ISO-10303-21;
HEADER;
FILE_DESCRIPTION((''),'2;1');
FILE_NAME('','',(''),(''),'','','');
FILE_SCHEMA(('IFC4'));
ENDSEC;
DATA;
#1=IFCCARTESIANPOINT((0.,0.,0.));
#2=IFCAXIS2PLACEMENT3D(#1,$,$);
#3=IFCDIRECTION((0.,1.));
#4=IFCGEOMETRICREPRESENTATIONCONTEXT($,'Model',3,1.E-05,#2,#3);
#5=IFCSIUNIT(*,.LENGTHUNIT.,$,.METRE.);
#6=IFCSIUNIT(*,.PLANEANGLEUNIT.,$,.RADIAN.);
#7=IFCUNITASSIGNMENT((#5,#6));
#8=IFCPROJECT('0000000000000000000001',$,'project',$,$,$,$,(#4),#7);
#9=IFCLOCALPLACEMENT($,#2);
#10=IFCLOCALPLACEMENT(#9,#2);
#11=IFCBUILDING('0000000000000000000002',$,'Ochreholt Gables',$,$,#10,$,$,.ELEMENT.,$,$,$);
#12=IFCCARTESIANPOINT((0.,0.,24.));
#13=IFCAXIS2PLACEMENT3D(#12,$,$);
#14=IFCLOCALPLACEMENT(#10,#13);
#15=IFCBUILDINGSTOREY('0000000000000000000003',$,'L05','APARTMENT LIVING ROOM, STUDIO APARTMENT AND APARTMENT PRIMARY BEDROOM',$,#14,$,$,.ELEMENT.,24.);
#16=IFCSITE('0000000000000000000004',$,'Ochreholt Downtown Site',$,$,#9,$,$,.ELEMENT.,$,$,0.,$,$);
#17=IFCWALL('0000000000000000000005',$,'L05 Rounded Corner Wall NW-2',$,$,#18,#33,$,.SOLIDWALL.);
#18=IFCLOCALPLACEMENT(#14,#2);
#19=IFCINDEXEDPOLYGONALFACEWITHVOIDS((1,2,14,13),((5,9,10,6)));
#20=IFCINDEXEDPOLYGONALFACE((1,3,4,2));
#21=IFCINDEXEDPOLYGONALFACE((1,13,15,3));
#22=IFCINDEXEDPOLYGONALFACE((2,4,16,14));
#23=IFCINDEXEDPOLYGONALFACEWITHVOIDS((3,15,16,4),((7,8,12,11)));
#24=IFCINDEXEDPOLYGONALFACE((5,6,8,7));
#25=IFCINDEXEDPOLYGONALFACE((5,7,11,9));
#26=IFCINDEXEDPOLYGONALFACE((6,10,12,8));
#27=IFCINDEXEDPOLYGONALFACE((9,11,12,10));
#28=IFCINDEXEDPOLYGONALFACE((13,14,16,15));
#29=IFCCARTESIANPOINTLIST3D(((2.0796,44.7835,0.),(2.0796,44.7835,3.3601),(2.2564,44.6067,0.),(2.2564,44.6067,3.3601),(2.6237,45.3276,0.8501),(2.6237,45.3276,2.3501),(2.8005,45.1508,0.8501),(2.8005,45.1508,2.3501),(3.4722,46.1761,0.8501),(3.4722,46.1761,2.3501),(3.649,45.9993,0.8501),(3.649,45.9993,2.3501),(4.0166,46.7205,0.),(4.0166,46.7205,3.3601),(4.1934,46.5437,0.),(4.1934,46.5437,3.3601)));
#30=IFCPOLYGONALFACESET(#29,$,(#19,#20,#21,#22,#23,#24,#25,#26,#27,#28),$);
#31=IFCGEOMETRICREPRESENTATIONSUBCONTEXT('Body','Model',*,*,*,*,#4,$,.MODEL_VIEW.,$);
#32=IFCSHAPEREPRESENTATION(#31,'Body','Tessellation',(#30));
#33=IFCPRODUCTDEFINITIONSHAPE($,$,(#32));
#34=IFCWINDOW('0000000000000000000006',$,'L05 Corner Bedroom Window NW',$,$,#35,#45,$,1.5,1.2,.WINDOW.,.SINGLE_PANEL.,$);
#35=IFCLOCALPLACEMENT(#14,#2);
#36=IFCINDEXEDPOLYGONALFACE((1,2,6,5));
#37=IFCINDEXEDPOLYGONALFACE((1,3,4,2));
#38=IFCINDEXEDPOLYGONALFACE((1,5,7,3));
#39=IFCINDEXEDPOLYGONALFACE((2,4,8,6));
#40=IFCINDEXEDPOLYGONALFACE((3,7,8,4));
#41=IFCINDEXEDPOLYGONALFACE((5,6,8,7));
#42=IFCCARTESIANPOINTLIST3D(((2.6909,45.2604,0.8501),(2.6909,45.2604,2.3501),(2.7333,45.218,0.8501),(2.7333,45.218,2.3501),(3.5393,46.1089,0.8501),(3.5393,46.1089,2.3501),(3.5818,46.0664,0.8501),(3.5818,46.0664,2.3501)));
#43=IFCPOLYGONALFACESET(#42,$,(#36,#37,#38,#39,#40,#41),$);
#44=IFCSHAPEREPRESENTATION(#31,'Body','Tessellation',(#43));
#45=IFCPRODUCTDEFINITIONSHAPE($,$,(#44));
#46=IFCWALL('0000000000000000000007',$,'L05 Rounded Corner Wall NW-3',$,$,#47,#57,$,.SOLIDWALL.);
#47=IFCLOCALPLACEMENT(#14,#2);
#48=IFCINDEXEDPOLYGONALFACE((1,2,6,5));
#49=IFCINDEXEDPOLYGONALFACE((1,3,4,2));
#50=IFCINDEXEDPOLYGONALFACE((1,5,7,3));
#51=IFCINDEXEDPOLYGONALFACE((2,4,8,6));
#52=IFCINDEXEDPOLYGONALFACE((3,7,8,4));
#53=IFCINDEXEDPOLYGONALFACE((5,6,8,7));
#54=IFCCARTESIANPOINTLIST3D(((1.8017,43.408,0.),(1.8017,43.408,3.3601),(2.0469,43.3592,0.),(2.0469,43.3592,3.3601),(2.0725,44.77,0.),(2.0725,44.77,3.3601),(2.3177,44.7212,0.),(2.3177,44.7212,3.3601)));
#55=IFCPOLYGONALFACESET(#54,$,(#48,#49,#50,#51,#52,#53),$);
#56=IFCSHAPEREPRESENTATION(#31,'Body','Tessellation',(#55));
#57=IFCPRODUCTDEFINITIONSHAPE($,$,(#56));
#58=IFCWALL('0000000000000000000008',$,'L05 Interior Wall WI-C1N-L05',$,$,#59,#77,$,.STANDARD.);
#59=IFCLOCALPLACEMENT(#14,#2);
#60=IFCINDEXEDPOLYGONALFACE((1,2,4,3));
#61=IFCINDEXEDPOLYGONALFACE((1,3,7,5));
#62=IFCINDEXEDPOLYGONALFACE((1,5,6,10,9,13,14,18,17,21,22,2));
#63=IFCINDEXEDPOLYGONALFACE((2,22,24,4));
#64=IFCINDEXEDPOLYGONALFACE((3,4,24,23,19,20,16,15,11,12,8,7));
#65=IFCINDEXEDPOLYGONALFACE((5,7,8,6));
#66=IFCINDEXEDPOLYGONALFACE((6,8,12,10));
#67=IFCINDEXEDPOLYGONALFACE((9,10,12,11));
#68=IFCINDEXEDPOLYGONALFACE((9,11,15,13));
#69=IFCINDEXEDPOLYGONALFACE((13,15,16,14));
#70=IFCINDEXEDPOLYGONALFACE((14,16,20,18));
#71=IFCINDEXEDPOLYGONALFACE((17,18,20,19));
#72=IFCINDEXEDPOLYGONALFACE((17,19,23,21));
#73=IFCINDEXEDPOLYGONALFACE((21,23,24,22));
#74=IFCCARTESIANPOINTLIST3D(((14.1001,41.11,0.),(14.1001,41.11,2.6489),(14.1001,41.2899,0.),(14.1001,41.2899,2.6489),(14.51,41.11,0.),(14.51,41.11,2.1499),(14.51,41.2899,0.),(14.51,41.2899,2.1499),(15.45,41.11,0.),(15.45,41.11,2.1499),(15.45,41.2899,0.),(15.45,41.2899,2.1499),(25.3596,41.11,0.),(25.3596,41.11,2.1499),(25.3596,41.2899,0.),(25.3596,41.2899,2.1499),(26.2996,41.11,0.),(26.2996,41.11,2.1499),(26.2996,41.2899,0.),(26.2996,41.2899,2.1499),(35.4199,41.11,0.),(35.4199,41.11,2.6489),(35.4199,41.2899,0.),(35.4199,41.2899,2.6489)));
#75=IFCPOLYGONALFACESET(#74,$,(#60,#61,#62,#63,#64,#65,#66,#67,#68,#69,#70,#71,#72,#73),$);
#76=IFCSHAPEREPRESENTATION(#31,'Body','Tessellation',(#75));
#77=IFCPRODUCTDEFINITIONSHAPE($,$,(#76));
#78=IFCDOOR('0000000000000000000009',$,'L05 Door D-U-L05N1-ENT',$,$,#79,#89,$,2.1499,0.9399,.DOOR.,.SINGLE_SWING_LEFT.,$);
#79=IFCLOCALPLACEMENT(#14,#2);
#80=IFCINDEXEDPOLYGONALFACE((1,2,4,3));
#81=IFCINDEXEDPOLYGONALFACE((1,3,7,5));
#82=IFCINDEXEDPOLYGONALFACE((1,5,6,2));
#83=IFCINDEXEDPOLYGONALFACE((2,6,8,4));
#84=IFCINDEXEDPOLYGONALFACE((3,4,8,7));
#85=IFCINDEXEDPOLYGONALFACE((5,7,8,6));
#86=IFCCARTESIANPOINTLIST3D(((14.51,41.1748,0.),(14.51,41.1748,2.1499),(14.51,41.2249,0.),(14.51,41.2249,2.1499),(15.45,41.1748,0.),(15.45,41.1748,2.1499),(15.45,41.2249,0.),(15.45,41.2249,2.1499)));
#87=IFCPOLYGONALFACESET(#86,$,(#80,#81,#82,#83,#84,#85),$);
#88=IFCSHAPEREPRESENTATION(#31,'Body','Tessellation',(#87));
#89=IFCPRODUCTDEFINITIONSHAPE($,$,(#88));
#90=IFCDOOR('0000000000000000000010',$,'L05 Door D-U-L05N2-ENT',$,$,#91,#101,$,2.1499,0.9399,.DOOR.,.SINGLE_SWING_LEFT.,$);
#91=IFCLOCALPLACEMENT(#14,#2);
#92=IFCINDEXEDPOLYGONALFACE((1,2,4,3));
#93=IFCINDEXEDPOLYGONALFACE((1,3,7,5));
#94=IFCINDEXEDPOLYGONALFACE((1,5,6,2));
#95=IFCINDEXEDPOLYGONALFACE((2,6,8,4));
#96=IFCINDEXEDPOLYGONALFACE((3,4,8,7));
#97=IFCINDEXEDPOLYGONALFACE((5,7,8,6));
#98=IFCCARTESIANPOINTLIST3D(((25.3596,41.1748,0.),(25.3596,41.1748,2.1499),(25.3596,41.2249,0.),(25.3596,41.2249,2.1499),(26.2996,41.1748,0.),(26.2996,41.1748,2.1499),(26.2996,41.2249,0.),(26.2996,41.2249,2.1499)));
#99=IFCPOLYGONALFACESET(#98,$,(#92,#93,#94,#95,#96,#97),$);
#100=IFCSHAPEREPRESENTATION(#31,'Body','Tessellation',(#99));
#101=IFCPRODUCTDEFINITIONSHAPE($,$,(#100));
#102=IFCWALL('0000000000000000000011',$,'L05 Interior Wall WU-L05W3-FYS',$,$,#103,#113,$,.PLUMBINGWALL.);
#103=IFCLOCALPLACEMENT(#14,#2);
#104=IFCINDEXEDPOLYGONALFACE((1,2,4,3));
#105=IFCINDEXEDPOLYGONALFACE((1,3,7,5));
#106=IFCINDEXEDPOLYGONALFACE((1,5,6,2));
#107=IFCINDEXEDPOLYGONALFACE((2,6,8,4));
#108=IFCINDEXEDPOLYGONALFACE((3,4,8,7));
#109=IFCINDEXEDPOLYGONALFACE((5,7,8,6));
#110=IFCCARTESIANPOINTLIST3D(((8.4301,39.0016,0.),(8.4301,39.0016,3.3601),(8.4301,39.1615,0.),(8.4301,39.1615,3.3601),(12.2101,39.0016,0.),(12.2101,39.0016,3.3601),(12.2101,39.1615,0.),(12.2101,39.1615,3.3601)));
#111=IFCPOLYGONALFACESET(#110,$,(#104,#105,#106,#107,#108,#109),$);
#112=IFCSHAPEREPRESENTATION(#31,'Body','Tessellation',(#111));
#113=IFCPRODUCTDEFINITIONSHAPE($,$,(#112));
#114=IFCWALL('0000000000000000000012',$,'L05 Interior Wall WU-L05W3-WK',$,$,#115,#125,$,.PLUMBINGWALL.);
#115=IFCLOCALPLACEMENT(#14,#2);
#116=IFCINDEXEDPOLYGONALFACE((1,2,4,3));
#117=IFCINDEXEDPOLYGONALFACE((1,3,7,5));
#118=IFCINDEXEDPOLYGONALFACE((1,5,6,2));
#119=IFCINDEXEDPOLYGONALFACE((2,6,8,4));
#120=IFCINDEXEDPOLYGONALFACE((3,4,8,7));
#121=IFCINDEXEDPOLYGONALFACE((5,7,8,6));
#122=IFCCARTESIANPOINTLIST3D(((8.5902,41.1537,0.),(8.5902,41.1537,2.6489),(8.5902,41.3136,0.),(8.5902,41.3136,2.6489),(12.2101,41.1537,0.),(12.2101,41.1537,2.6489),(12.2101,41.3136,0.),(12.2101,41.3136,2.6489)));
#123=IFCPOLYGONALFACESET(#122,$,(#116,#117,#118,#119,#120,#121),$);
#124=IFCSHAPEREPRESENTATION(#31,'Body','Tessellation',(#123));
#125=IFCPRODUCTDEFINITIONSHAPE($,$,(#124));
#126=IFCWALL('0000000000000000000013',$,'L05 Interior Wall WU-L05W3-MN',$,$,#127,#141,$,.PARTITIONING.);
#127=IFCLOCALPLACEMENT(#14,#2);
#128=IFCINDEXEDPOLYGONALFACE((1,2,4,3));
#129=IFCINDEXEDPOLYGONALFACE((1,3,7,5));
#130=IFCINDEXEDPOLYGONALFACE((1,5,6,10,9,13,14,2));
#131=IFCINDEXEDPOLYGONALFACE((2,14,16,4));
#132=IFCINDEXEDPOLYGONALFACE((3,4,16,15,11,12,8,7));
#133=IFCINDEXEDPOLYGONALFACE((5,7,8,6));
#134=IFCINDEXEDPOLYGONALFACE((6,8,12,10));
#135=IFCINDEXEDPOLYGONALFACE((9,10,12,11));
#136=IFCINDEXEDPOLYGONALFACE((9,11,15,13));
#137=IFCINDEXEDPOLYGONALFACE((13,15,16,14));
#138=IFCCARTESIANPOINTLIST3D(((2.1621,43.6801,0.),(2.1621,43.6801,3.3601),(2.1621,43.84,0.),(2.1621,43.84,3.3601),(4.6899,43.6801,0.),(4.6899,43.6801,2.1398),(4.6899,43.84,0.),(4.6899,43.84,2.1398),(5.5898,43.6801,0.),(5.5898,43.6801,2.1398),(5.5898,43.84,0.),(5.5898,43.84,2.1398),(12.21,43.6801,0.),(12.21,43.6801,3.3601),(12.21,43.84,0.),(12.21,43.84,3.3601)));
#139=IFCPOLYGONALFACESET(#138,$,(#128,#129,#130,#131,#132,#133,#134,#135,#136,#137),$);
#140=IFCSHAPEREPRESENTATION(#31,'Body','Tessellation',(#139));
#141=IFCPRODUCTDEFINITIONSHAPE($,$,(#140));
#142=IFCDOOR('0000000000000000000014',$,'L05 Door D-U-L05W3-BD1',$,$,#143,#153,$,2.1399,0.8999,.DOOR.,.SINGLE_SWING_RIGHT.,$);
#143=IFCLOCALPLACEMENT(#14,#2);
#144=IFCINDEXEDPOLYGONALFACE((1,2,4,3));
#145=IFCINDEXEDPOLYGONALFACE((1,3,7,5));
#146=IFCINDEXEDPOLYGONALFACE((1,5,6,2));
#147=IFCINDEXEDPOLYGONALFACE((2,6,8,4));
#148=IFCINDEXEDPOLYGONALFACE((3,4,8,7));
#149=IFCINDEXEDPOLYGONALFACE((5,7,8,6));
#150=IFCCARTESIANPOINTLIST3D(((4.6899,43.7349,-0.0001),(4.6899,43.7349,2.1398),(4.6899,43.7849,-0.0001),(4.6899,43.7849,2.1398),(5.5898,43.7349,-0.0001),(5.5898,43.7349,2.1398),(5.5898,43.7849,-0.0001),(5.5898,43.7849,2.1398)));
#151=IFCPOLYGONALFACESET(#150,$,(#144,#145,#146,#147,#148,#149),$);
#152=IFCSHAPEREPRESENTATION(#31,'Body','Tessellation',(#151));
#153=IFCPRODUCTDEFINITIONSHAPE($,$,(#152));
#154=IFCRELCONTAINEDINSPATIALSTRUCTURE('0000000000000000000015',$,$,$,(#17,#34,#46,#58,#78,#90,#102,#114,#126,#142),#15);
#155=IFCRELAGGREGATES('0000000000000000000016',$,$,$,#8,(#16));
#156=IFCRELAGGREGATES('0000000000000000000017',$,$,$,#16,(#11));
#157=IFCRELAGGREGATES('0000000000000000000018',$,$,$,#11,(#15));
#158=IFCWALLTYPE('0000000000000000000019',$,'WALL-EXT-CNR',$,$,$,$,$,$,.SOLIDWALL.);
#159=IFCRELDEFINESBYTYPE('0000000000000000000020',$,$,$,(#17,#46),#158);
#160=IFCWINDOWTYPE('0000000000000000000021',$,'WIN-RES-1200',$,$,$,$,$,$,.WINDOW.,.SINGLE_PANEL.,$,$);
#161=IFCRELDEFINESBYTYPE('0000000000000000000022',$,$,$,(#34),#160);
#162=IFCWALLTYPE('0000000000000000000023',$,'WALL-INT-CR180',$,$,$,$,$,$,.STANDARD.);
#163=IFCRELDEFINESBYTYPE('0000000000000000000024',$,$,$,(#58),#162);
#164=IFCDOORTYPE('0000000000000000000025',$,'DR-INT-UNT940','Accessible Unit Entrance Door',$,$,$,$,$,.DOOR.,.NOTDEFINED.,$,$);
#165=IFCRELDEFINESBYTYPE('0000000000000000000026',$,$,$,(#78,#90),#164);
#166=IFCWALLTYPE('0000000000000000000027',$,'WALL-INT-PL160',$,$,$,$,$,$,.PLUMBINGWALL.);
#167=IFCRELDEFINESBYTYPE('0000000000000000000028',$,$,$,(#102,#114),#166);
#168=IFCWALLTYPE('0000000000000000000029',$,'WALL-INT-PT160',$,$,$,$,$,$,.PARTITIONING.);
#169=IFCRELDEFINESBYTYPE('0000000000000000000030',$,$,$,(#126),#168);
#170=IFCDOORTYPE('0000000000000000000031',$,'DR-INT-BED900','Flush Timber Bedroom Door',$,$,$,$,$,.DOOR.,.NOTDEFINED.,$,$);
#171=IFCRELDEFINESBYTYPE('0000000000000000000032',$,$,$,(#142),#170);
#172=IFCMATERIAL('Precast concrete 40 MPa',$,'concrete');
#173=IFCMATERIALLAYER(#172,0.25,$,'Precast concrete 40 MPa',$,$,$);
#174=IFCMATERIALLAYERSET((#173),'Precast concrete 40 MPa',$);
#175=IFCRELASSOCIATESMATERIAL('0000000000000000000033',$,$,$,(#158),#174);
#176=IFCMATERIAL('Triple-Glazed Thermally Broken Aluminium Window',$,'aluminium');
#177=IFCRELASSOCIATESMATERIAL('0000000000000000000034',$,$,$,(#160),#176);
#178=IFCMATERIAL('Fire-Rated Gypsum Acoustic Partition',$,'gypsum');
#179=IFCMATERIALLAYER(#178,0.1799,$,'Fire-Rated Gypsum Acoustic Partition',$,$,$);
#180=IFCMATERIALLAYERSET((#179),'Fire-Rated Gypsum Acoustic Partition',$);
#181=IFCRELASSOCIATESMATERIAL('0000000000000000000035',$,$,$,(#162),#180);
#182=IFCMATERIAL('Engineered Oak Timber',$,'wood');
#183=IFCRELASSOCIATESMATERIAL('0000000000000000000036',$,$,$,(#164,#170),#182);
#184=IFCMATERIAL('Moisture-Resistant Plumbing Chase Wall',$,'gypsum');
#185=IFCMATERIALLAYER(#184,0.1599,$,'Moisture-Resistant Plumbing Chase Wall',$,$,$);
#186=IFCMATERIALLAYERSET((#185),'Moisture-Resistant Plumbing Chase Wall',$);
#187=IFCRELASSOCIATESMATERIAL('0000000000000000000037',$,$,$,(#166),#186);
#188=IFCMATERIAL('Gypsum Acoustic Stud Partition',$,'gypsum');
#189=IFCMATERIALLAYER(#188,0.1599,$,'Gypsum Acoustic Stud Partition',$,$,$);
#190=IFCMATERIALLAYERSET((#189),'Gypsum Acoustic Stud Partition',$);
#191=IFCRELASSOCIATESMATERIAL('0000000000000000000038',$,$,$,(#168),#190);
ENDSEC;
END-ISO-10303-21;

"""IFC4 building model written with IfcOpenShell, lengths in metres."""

from ifc_helpers import new_model, si_unit, direction, frame, frame_2d, origin, place, context, subcontext, project, spatial, rectangle, extrude, material, layer, layer_set, type_object, element, fill, save


model = new_model("IFC4")

# Units and contexts
model_context = context("Model", 3, precision=1e-05, world=origin(), true_north=direction((0.0, 1.0)))
body_context = subcontext(model_context, "Body", "Model", "MODEL_VIEW")
ifc_project = project(units=[si_unit("LENGTHUNIT", "METRE"), si_unit("PLANEANGLEUNIT", "RADIAN")], contexts=[model_context])

# Site, building, storey
site_placement = place(None, origin())
site = spatial("IfcSite", under=ifc_project, at=site_placement, Name="Ochreholt Downtown Site", CompositionType="ELEMENT", RefElevation=0.0)
building_placement = place(site_placement, origin())
building = spatial("IfcBuilding", under=site, at=building_placement, Name="Ochreholt Gables", CompositionType="ELEMENT")
storey_placement = place(building_placement, frame((0.0, 0.0, 24.0)))
storey = spatial("IfcBuildingStorey", under=building, at=storey_placement, Name="L05", Description="APARTMENT LIVING ROOM, STUDIO APARTMENT AND APARTMENT PRIMARY BEDROOM", CompositionType="ELEMENT", Elevation=24.0)

# Shared definitions
ifc_material_1 = material(Name="Precast concrete 40 MPa", Category="concrete")
ifc_material_2 = material(Name="Triple-Glazed Thermally Broken Aluminium Window", Category="aluminium")

# Shared definitions
ifc_layer_1 = layer(ifc_material_1, 0.25, Name="Precast concrete 40 MPa")
ifc_layer_set_1 = layer_set([ifc_layer_1], Name="Precast concrete 40 MPa")
wall_type_1 = type_object("IfcWallType", Name="WALL-EXT-CNR", PredefinedType="SOLIDWALL", material=ifc_layer_set_1)

# Wall, opening, window
wall_1_placement = place(storey_placement, frame((4.105, 46.6321, 0.0), z_axis=(0.0, 0.0, 1.0), x_axis=(-0.707107, -0.707107, 0.0)))
wall_1 = element("IfcWall", 1, at=wall_1_placement, inside=storey, type_object=wall_type_1, Name="L05 Rounded Corner Wall NW-2", PredefinedType="SOLIDWALL", context=body_context, shape_type="SweptSolid", body=[
    extrude(rectangle(XDim=2.7393, YDim=0.25, at=frame_2d((1.3696, 0.0))), origin(), (0.0, 0.0, 1.0), 3.3601),
])
opening_1_placement = place(wall_1_placement, frame((0.7698, 0.0, 0.8501)))
opening_1 = element("IfcOpeningElement", 2, at=opening_1_placement, cuts=wall_1, PredefinedType="OPENING", context=body_context, shape_type="SweptSolid", body=[
    extrude(rectangle(XDim=1.2, YDim=1.5, at=frame_2d((0.6001, 0.75))), frame((0.0, 0.135, 0.0), z_axis=(0.0, -1.0, 0.0), x_axis=(1.0, 0.0, 0.0)), (0.0, 0.0, 1.0), 0.27),
])
window_type_1 = type_object("IfcWindowType", Name="WIN-RES-1200", PartitioningType="SINGLE_PANEL", PredefinedType="WINDOW", material=ifc_material_2)
window_1_placement = place(opening_1_placement, origin())
window_1 = element("IfcWindow", 3, at=window_1_placement, inside=storey, type_object=window_type_1, Name="L05 Corner Bedroom Window NW", OverallHeight=1.5, OverallWidth=1.2, PartitioningType="SINGLE_PANEL", PredefinedType="WINDOW", context=body_context, shape_type="SweptSolid", body=[
    extrude(rectangle(XDim=1.2, YDim=1.5, at=frame_2d((0.6001, 0.75))), frame((0.0, 0.03, 0.0), z_axis=(0.0, -1.0, 0.0), x_axis=(1.0, 0.0, 0.0)), (0.0, 0.0, 1.0), 0.0601),
])
fill(opening_1, window_1)

# Wall
wall_2_placement = place(storey_placement, frame((2.1951, 44.7456, 0.0), z_axis=(0.0, 0.0, 1.0), x_axis=(-0.194967, -0.98081, 0.0)))
element("IfcWall", 4, at=wall_2_placement, inside=storey, type_object=wall_type_1, Name="L05 Rounded Corner Wall NW-3", PredefinedType="SOLIDWALL", context=body_context, shape_type="SweptSolid", body=[
    extrude(rectangle(XDim=1.3887, YDim=0.25, at=frame_2d((0.6943, 0.0))), origin(), (0.0, 0.0, 1.0), 3.3601),
])

# Wall, openings, doors
ifc_material_3 = material(Name="Fire-Rated Gypsum Acoustic Partition", Category="gypsum")
ifc_layer_2 = layer(ifc_material_3, 0.1799, Name="Fire-Rated Gypsum Acoustic Partition")
ifc_layer_set_2 = layer_set([ifc_layer_2], Name="Fire-Rated Gypsum Acoustic Partition")
wall_type_2 = type_object("IfcWallType", Name="WALL-INT-CR180", PredefinedType="STANDARD", material=ifc_layer_set_2)
wall_3_placement = place(storey_placement, frame((14.1001, 41.2, 0.0), z_axis=(0.0, 0.0, 1.0), x_axis=(1.0, 0.0, 0.0)))
wall_3 = element("IfcWall", 5, at=wall_3_placement, inside=storey, type_object=wall_type_2, Name="L05 Interior Wall WI-C1N-L05", PredefinedType="STANDARD", context=body_context, shape_type="SweptSolid", body=[
    extrude(rectangle(XDim=21.3198, YDim=0.1799, at=frame_2d((10.6599, 0.0))), origin(), (0.0, 0.0, 1.0), 2.6489),
])
opening_2_placement = place(wall_3_placement, frame((0.4099, 0.0, 0.0)))
opening_2 = element("IfcOpeningElement", 6, at=opening_2_placement, cuts=wall_3, PredefinedType="OPENING", context=body_context, shape_type="SweptSolid", body=[
    extrude(rectangle(XDim=0.9399, YDim=2.1499, at=frame_2d((0.47, 1.075))), frame((0.0, 0.0999, 0.0), z_axis=(0.0, -1.0, 0.0), x_axis=(1.0, 0.0, 0.0)), (0.0, 0.0, 1.0), 0.2),
])
opening_3_placement = place(wall_3_placement, frame((11.2595, 0.0, 0.0)))
opening_3 = element("IfcOpeningElement", 7, at=opening_3_placement, cuts=wall_3, PredefinedType="OPENING", context=body_context, shape_type="SweptSolid", body=[
    extrude(rectangle(XDim=0.9399, YDim=2.1499, at=frame_2d((0.47, 1.075))), frame((0.0, 0.0999, 0.0), z_axis=(0.0, -1.0, 0.0), x_axis=(1.0, 0.0, 0.0)), (0.0, 0.0, 1.0), 0.2),
])
ifc_material_4 = material(Name="Engineered Oak Timber", Category="wood")
door_type_1 = type_object("IfcDoorType", Name="DR-INT-UNT940", Description="Accessible Unit Entrance Door", OperationType="NOTDEFINED", PredefinedType="DOOR", material=ifc_material_4)
door_1_placement = place(opening_2_placement, origin())
door_1 = element("IfcDoor", 8, at=door_1_placement, inside=storey, type_object=door_type_1, Name="L05 Door D-U-L05N1-ENT", OperationType="SINGLE_SWING_LEFT", OverallHeight=2.1499, OverallWidth=0.9399, PredefinedType="DOOR", context=body_context, shape_type="SweptSolid", body=[
    extrude(rectangle(XDim=0.9399, YDim=2.1499, at=frame_2d((0.47, 1.075))), frame((0.0, 0.0249, 0.0), z_axis=(0.0, -1.0, 0.0), x_axis=(1.0, 0.0, 0.0)), (0.0, 0.0, 1.0), 0.05),
])
fill(opening_2, door_1)
door_2_placement = place(opening_3_placement, origin())
door_2 = element("IfcDoor", 9, at=door_2_placement, inside=storey, type_object=door_type_1, Name="L05 Door D-U-L05N2-ENT", OperationType="SINGLE_SWING_LEFT", OverallHeight=2.1499, OverallWidth=0.9399, PredefinedType="DOOR", context=body_context, shape_type="SweptSolid", body=[
    extrude(rectangle(XDim=0.9399, YDim=2.1499, at=frame_2d((0.47, 1.075))), frame((0.0, 0.0249, 0.0), z_axis=(0.0, -1.0, 0.0), x_axis=(1.0, 0.0, 0.0)), (0.0, 0.0, 1.0), 0.05),
])
fill(opening_3, door_2)

# Wall
ifc_material_5 = material(Name="Moisture-Resistant Plumbing Chase Wall", Category="gypsum")
ifc_layer_3 = layer(ifc_material_5, 0.1599, Name="Moisture-Resistant Plumbing Chase Wall")
ifc_layer_set_3 = layer_set([ifc_layer_3], Name="Moisture-Resistant Plumbing Chase Wall")
wall_type_3 = type_object("IfcWallType", Name="WALL-INT-PL160", PredefinedType="PLUMBINGWALL", material=ifc_layer_set_3)
wall_4_placement = place(storey_placement, frame((8.4299, 39.0815, 0.0), z_axis=(0.0, 0.0, 1.0), x_axis=(1.0, 0.0, 0.0)))
element("IfcWall", 10, at=wall_4_placement, inside=storey, type_object=wall_type_3, Name="L05 Interior Wall WU-L05W3-FYS", PredefinedType="PLUMBINGWALL", context=body_context, shape_type="SweptSolid", body=[
    extrude(rectangle(XDim=3.78, YDim=0.1599, at=frame_2d((1.8901, 0.0))), origin(), (0.0, 0.0, 1.0), 3.3601),
])

# Wall
wall_5_placement = place(storey_placement, frame((8.5901, 41.2336, 0.0), z_axis=(0.0, 0.0, 1.0), x_axis=(1.0, 0.0, 0.0)))
element("IfcWall", 11, at=wall_5_placement, inside=storey, type_object=wall_type_3, Name="L05 Interior Wall WU-L05W3-WK", PredefinedType="PLUMBINGWALL", context=body_context, shape_type="SweptSolid", body=[
    extrude(rectangle(XDim=3.6199, YDim=0.1599, at=frame_2d((1.8101, 0.0))), origin(), (0.0, 0.0, 1.0), 2.6489),
])

# Wall, opening, door
ifc_material_6 = material(Name="Gypsum Acoustic Stud Partition", Category="gypsum")
ifc_layer_4 = layer(ifc_material_6, 0.1599, Name="Gypsum Acoustic Stud Partition")
ifc_layer_set_4 = layer_set([ifc_layer_4], Name="Gypsum Acoustic Stud Partition")
wall_type_4 = type_object("IfcWallType", Name="WALL-INT-PT160", PredefinedType="PARTITIONING", material=ifc_layer_set_4)
wall_6_placement = place(storey_placement, frame((2.1621, 43.76, 0.0), z_axis=(0.0, 0.0, 1.0), x_axis=(1.0, 0.0, 0.0)))
wall_6 = element("IfcWall", 12, at=wall_6_placement, inside=storey, type_object=wall_type_4, Name="L05 Interior Wall WU-L05W3-MN", PredefinedType="PARTITIONING", context=body_context, shape_type="SweptSolid", body=[
    extrude(rectangle(XDim=10.0479, YDim=0.1599, at=frame_2d((5.0239, 0.0))), origin(), (0.0, 0.0, 1.0), 3.3601),
])
opening_4_placement = place(wall_6_placement, frame((2.5278, 0.0, 0.0)))
opening_4 = element("IfcOpeningElement", 13, at=opening_4_placement, cuts=wall_6, PredefinedType="OPENING", context=body_context, shape_type="SweptSolid", body=[
    extrude(rectangle(XDim=0.8999, YDim=2.1399, at=frame_2d((0.45, 1.0698))), frame((0.0, 0.0898, 0.0), z_axis=(0.0, -1.0, 0.0), x_axis=(1.0, 0.0, 0.0)), (0.0, 0.0, 1.0), 0.1799),
])
door_type_2 = type_object("IfcDoorType", Name="DR-INT-BED900", Description="Flush Timber Bedroom Door", OperationType="NOTDEFINED", PredefinedType="DOOR", material=ifc_material_4)
door_3_placement = place(opening_4_placement, origin())
door_3 = element("IfcDoor", 14, at=door_3_placement, inside=storey, type_object=door_type_2, Name="L05 Door D-U-L05W3-BD1", OperationType="SINGLE_SWING_RIGHT", OverallHeight=2.1399, OverallWidth=0.8999, PredefinedType="DOOR", context=body_context, shape_type="SweptSolid", body=[
    extrude(rectangle(XDim=0.8999, YDim=2.1399, at=frame_2d((0.45, 1.0698))), frame((0.0, 0.0249, 0.0), z_axis=(0.0, -1.0, 0.0), x_axis=(1.0, 0.0, 0.0)), (0.0, 0.0, 1.0), 0.05),
])
fill(opening_4, door_3)

save(model, "model.ifc")
